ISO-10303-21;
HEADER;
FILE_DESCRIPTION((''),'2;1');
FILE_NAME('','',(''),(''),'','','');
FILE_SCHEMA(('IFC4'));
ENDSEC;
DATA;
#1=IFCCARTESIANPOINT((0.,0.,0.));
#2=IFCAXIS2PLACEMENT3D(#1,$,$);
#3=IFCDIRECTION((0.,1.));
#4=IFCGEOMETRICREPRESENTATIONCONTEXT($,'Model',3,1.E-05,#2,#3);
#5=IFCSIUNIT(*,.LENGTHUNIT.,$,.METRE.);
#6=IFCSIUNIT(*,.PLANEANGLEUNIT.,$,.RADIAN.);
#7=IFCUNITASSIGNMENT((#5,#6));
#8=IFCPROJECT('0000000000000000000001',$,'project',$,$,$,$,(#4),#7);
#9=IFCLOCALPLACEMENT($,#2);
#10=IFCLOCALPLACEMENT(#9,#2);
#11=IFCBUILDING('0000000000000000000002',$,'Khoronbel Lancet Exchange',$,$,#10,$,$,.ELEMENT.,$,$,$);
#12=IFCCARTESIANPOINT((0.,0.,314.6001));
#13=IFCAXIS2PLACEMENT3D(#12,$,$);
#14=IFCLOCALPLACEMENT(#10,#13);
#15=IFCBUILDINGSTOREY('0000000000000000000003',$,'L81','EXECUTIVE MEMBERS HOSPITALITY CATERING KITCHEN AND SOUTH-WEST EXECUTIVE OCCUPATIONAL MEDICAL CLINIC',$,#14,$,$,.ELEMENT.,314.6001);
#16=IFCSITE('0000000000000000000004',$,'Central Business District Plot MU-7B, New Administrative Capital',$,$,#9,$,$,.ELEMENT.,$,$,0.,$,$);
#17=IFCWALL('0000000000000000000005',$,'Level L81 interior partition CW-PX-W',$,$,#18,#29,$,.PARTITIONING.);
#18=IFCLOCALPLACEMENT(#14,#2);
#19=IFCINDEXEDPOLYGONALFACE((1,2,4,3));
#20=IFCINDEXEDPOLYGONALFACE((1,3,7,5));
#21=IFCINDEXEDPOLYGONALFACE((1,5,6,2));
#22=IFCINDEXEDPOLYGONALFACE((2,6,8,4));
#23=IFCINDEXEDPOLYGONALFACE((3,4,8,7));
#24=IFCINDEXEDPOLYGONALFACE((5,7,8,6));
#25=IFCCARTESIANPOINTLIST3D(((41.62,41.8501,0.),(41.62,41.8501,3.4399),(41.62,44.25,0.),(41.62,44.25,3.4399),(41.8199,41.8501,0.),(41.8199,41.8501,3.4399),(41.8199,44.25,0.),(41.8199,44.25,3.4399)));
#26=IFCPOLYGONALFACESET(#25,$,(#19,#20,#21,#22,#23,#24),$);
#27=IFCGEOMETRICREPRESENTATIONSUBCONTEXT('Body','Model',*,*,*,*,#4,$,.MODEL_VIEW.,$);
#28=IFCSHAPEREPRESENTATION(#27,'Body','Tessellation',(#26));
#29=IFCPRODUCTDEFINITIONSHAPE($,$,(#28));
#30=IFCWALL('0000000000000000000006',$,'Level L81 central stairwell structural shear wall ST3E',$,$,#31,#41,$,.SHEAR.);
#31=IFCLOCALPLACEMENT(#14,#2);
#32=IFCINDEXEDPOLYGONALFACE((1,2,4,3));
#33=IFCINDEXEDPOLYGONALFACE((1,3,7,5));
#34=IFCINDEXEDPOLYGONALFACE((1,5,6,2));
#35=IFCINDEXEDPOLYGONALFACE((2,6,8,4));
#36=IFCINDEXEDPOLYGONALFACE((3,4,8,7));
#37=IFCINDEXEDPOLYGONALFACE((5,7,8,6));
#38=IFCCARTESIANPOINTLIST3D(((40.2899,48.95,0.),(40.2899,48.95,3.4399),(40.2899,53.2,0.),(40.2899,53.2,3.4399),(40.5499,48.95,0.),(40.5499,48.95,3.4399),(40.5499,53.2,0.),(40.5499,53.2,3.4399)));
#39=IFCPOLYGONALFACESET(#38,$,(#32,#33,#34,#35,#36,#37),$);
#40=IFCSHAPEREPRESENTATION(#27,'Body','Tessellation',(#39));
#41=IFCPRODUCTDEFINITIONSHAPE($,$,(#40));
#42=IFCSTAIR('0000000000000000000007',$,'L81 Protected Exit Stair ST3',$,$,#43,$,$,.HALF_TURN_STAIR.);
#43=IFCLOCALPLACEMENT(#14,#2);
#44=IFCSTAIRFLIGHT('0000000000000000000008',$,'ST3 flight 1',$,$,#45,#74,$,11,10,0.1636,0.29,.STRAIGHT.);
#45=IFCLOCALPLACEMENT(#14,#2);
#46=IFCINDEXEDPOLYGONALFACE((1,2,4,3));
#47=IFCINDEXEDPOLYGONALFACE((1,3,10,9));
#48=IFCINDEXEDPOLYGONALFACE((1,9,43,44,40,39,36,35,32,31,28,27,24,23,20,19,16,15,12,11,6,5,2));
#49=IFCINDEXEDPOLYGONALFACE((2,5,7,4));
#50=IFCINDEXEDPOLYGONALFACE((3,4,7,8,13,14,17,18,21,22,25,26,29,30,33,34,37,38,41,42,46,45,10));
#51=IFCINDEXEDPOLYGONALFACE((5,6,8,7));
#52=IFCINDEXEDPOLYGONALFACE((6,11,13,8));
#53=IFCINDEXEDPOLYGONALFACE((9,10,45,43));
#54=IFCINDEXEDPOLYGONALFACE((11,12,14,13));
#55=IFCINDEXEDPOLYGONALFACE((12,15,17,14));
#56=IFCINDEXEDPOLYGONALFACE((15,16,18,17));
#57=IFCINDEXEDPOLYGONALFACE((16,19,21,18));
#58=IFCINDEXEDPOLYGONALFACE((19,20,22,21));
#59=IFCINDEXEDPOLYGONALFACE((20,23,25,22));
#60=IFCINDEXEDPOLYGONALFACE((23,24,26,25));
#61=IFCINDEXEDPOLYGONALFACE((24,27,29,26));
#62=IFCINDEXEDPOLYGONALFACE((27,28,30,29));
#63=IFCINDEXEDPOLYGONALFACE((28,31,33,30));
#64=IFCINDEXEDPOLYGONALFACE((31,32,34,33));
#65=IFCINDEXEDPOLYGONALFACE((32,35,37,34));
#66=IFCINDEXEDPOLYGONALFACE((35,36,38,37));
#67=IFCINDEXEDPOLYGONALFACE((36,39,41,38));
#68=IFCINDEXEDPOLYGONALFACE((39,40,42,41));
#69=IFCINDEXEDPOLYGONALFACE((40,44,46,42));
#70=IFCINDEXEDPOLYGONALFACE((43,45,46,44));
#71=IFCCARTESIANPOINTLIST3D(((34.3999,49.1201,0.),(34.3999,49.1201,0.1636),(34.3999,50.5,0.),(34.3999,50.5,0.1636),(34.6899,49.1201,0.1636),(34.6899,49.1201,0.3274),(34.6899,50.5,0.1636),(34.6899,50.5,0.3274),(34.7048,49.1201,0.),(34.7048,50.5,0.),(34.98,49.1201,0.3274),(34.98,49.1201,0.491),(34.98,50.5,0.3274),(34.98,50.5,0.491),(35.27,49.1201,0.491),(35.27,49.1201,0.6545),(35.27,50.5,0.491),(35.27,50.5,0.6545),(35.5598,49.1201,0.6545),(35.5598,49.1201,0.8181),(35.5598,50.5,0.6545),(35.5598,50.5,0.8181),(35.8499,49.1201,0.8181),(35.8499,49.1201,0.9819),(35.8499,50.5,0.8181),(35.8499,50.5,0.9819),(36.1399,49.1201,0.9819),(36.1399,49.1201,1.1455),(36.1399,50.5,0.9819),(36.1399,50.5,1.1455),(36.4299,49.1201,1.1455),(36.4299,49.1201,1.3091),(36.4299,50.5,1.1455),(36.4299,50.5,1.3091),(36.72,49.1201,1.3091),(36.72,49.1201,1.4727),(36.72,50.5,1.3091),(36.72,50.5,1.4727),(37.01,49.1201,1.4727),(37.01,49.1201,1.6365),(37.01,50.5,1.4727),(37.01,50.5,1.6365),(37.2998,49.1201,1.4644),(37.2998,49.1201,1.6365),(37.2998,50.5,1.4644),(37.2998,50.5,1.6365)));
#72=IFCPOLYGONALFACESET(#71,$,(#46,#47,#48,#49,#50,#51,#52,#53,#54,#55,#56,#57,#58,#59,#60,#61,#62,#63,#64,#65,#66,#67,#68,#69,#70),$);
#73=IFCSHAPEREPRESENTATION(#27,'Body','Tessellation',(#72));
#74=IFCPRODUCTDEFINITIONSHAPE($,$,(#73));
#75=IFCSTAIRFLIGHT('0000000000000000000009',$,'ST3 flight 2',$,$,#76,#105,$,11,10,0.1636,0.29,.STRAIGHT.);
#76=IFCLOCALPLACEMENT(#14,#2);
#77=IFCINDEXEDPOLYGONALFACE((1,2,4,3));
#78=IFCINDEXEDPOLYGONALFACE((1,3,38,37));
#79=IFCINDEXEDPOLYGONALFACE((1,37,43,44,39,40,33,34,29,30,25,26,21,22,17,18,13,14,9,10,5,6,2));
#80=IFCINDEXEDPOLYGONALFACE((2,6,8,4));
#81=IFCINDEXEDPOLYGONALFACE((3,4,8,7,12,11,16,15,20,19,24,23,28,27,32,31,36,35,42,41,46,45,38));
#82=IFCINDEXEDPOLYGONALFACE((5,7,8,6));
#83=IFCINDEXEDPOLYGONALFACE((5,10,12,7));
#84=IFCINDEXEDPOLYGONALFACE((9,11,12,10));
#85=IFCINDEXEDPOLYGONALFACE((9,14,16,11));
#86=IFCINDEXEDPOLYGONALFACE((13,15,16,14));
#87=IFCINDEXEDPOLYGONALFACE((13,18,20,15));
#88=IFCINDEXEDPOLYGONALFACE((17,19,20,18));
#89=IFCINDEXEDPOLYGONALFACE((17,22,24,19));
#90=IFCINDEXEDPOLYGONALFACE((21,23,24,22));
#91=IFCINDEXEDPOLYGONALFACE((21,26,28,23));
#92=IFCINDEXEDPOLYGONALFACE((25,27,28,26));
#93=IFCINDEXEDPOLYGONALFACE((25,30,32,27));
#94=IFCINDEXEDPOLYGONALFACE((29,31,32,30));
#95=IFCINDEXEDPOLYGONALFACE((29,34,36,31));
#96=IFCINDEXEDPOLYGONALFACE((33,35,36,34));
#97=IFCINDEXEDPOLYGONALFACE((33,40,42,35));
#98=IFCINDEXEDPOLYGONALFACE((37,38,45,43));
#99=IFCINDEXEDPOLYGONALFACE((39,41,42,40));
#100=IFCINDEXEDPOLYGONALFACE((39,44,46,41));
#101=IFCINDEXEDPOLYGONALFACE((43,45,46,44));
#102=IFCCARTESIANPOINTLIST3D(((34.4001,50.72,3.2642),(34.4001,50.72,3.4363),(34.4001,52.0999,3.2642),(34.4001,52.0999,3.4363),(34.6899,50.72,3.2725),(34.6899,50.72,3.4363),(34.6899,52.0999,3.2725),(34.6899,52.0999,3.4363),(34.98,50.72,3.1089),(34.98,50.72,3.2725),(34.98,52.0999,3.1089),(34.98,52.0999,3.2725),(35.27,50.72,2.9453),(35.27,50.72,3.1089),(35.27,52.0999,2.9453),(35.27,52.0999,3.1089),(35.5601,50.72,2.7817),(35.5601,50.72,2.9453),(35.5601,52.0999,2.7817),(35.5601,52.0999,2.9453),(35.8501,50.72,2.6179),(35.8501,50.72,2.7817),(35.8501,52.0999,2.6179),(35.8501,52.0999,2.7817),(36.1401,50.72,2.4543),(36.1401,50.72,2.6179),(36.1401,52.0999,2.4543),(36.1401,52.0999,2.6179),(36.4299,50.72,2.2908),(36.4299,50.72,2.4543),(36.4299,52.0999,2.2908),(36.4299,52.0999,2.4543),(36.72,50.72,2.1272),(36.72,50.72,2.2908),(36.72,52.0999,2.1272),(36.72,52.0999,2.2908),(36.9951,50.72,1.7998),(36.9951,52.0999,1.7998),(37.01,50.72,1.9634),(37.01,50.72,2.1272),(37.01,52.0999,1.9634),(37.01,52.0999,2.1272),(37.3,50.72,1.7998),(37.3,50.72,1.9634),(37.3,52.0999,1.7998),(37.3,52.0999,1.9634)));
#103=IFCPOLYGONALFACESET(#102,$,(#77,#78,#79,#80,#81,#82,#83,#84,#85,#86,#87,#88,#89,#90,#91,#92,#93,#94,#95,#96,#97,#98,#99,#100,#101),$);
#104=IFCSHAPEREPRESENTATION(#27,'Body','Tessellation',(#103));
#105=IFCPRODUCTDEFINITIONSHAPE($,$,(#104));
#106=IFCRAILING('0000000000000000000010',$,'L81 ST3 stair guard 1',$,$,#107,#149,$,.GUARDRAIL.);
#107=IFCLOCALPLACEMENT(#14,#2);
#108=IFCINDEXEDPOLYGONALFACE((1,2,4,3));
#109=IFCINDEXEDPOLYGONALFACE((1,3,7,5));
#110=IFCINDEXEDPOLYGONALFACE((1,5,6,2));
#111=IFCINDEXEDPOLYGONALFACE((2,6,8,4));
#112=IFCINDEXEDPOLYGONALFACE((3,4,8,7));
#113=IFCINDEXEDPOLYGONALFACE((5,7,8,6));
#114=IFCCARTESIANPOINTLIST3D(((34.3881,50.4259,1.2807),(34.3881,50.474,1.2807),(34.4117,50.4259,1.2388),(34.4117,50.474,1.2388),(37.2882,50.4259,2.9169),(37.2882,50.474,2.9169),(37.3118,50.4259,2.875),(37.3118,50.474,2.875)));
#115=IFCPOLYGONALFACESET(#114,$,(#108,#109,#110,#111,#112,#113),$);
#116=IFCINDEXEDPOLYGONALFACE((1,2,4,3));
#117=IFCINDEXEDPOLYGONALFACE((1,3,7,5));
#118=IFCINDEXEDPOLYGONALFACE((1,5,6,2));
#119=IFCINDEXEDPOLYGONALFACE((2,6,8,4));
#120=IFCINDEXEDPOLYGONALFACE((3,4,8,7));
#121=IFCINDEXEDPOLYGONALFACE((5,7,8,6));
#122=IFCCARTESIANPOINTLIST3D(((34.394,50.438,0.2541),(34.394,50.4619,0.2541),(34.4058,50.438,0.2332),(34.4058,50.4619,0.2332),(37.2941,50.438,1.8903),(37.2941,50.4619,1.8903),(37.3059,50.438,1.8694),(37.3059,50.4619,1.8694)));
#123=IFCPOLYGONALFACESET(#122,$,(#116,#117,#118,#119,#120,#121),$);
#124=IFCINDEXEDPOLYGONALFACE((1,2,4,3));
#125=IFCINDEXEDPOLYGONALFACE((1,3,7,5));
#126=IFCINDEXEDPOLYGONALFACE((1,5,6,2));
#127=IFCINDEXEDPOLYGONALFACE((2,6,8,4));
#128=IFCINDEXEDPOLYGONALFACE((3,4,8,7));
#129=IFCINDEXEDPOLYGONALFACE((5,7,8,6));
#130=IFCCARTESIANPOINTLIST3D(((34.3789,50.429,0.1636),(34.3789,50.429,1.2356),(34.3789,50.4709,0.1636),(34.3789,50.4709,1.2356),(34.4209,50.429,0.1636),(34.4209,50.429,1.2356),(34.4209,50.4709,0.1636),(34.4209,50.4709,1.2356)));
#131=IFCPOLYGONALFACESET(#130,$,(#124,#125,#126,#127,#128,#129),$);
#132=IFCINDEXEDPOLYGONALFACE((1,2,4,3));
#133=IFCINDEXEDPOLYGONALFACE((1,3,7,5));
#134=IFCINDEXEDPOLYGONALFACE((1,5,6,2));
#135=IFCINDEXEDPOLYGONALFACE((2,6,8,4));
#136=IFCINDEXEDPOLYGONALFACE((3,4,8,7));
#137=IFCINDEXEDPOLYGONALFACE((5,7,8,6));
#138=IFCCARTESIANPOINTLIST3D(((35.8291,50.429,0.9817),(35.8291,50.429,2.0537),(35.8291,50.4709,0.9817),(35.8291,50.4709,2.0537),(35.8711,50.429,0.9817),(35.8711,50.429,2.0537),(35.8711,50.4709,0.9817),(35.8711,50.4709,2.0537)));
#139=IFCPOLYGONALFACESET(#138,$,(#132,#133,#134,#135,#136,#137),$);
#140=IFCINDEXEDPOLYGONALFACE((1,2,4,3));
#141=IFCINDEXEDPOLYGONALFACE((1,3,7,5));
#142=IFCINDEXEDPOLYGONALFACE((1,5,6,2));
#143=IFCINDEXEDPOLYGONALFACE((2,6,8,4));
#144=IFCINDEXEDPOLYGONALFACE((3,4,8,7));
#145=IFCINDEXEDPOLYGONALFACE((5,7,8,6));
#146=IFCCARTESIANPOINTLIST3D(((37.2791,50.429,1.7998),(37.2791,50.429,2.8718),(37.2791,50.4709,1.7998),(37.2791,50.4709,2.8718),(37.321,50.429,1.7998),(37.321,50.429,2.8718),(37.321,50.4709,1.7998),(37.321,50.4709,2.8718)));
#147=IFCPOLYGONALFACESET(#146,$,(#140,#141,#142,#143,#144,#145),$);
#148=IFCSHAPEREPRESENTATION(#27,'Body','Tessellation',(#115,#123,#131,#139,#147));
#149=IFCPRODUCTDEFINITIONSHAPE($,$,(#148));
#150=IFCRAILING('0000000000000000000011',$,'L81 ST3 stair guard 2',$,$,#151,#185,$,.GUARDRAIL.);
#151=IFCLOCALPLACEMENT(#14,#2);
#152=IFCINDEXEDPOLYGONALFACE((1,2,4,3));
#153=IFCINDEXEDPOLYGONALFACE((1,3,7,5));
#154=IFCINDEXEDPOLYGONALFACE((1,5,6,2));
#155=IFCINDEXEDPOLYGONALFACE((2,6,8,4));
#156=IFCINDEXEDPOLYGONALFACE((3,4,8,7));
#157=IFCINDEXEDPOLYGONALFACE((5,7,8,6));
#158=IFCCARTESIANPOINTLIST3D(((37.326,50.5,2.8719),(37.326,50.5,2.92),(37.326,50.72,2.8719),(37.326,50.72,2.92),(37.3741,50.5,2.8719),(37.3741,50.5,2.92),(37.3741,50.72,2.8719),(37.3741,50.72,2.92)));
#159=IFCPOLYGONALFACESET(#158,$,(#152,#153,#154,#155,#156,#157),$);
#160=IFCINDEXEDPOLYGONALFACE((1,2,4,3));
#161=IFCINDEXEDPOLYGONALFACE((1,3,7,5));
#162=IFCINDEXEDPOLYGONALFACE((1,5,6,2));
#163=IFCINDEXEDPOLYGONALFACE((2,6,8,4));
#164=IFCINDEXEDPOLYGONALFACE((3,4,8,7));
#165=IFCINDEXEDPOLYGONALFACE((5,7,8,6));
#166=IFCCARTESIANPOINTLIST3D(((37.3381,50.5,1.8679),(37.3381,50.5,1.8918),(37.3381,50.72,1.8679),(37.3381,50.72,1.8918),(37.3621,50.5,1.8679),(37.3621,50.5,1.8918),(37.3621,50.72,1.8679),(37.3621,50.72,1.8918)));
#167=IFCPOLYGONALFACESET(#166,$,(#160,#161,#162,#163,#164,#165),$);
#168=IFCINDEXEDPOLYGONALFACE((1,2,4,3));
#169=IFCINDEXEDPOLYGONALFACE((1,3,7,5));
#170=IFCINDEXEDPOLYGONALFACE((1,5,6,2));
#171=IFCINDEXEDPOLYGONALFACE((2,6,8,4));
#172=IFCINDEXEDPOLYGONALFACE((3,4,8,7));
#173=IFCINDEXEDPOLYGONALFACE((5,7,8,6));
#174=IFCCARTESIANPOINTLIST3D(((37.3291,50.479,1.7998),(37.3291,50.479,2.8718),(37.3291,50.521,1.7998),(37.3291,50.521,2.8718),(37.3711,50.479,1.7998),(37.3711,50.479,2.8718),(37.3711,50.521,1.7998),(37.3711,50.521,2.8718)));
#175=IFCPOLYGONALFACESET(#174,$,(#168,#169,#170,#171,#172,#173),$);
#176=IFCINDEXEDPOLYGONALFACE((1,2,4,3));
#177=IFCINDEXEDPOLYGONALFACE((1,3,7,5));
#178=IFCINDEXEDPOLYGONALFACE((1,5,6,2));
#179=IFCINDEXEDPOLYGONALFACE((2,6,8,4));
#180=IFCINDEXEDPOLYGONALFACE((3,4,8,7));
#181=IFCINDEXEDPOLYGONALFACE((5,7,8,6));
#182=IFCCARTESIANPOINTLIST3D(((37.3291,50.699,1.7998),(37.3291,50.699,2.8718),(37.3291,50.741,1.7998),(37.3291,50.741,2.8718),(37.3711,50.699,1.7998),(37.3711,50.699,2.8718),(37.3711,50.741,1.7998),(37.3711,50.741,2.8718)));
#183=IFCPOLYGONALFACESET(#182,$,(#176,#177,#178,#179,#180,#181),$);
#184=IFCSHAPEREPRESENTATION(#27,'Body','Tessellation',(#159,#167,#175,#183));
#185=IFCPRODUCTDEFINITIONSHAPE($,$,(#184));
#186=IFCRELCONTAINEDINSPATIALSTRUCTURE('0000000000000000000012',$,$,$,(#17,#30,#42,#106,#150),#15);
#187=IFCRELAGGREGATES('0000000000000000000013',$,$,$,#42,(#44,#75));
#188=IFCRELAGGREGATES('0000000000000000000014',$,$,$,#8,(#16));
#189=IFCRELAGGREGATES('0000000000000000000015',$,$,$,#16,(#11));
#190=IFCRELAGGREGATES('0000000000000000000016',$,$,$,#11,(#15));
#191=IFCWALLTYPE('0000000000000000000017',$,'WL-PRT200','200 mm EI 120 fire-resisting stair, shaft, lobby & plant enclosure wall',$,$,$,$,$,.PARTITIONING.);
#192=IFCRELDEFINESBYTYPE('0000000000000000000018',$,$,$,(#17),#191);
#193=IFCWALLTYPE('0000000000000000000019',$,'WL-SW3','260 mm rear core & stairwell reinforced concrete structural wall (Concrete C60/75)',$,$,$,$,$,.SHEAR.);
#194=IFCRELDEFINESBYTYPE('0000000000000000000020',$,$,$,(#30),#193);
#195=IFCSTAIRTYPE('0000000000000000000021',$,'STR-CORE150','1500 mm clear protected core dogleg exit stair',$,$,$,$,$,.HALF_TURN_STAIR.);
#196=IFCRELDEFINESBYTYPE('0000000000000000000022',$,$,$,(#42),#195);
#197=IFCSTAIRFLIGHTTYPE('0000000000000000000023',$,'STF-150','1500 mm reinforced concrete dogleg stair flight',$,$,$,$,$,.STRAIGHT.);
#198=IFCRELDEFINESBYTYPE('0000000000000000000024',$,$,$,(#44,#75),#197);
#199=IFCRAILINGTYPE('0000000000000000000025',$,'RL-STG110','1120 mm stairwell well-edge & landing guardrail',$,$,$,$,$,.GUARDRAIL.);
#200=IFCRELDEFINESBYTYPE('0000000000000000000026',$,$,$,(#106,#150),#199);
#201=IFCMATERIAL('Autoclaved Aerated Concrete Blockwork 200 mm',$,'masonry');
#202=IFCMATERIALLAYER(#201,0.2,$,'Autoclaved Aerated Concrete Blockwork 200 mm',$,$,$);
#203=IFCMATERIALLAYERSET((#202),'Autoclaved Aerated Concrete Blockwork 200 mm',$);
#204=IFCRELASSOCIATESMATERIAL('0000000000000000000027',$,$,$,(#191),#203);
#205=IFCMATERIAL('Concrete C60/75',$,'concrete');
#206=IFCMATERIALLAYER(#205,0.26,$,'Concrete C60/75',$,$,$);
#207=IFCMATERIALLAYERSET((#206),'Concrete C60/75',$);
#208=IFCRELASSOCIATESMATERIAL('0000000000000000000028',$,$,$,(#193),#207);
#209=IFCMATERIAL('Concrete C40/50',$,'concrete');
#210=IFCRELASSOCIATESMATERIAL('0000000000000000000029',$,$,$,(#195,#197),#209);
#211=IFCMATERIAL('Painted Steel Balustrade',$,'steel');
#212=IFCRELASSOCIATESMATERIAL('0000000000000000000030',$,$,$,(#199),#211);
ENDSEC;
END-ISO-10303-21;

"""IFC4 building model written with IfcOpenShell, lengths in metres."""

from ifc_helpers import new_model, si_unit, direction, frame, frame_2d, origin, origin_2d, place, context, subcontext, project, spatial, polyline, rectangle, outline, extrude, material, layer, layer_set, type_object, element, aggregate, save


model = new_model("IFC4")

# Units and contexts
model_context = context("Model", 3, precision=1e-05, world=origin(), true_north=direction((0.0, 1.0)))
body_context = subcontext(model_context, "Body", "Model", "MODEL_VIEW")
ifc_project = project(units=[si_unit("LENGTHUNIT", "METRE"), si_unit("PLANEANGLEUNIT", "RADIAN")], contexts=[model_context])

# Site, building, storey
site_placement = place(None, origin())
site = spatial("IfcSite", under=ifc_project, at=site_placement, Name="Central Business District Plot MU-7B, New Administrative Capital", CompositionType="ELEMENT", RefElevation=0.0)
building_placement = place(site_placement, origin())
building = spatial("IfcBuilding", under=site, at=building_placement, Name="Khoronbel Lancet Exchange", CompositionType="ELEMENT")
storey_placement = place(building_placement, frame((0.0, 0.0, 314.6001)))
storey = spatial("IfcBuildingStorey", under=building, at=storey_placement, Name="L81", Description="EXECUTIVE MEMBERS HOSPITALITY CATERING KITCHEN AND SOUTH-WEST EXECUTIVE OCCUPATIONAL MEDICAL CLINIC", CompositionType="ELEMENT", Elevation=314.6001)

# Shared definitions
ifc_material_1 = material(Name="Concrete C60/75", Category="concrete")

# Shared definitions
ifc_material_2 = material(Name="Autoclaved Aerated Concrete Blockwork 200 mm", Category="masonry")
ifc_layer_1 = layer(ifc_material_2, 0.2, Name="Autoclaved Aerated Concrete Blockwork 200 mm")
ifc_layer_set_1 = layer_set([ifc_layer_1], Name="Autoclaved Aerated Concrete Blockwork 200 mm")
wall_type_1 = type_object("IfcWallType", Name="WL-PRT200", Description="200 mm EI 120 fire-resisting stair, shaft, lobby & plant enclosure wall", PredefinedType="PARTITIONING", material=ifc_layer_set_1)

# Walls
wall_1_placement = place(storey_placement, frame((41.72, 41.8501, 0.0), z_axis=(0.0, 0.0, 1.0), x_axis=(0.0, 1.0, 0.0)))
element("IfcWall", 1, at=wall_1_placement, inside=storey, type_object=wall_type_1, Name="Level L81 interior partition CW-PX-W", PredefinedType="PARTITIONING", context=body_context, shape_type="SweptSolid", body=[
    extrude(rectangle(XDim=2.3999, YDim=0.2, at=frame_2d((1.2, 0.0))), origin(), (0.0, 0.0, 1.0), 3.4399),
])
ifc_layer_2 = layer(ifc_material_1, 0.26, Name="Concrete C60/75")
ifc_layer_set_2 = layer_set([ifc_layer_2], Name="Concrete C60/75")
wall_type_2 = type_object("IfcWallType", Name="WL-SW3", Description="260 mm rear core & stairwell reinforced concrete structural wall (Concrete C60/75)", PredefinedType="SHEAR", material=ifc_layer_set_2)
wall_2_placement = place(storey_placement, frame((40.4199, 48.95, 0.0), z_axis=(0.0, 0.0, 1.0), x_axis=(0.0, 1.0, 0.0)))
element("IfcWall", 2, at=wall_2_placement, inside=storey, type_object=wall_type_2, Name="Level L81 central stairwell structural shear wall ST3E", PredefinedType="SHEAR", context=body_context, shape_type="SweptSolid", body=[
    extrude(rectangle(XDim=4.25, YDim=0.26, at=frame_2d((2.125, 0.0))), origin(), (0.0, 0.0, 1.0), 3.4399),
])

# Stair, stair flights
ifc_material_3 = material(Name="Concrete C40/50", Category="concrete")
stair_type = type_object("IfcStairType", Name="STR-CORE150", Description="1500 mm clear protected core dogleg exit stair", PredefinedType="HALF_TURN_STAIR", material=ifc_material_3)
stair_placement = place(storey_placement, origin())
stair = element("IfcStair", 3, at=stair_placement, inside=storey, type_object=stair_type, Name="L81 Protected Exit Stair ST3", PredefinedType="HALF_TURN_STAIR")
stair_flight_type = type_object("IfcStairFlightType", Name="STF-150", Description="1500 mm reinforced concrete dogleg stair flight", PredefinedType="STRAIGHT", material=ifc_material_3)
stair_flight_1_placement = place(storey_placement, frame((34.3999, 49.8101, 0.0), z_axis=(0.0, 0.0, 1.0), x_axis=(1.0, 0.0, 0.0)))
stair_flight_1 = element("IfcStairFlight", 4, at=stair_flight_1_placement, type_object=stair_flight_type, Name="ST3 flight 1", NumberOfRisers=11, NumberOfTreads=10, PredefinedType="STRAIGHT", RiserHeight=0.1636, TreadLength=0.29, context=body_context, shape_type="SweptSolid", body=[
    extrude(outline(polyline([(0.0, 0.0), (0.0, 0.1636), (0.29, 0.1636), (0.29, 0.3274), (0.5801, 0.3274), (0.5801, 0.491), (0.8701, 0.491), (0.8701, 0.6545), (1.1599, 0.6545), (1.1599, 0.8181), (1.45, 0.8181), (1.45, 0.9819), (1.74, 0.9819), (1.74, 1.1455), (2.03, 1.1455), (2.03, 1.3091), (2.3201, 1.3091), (2.3201, 1.4727), (2.6101, 1.4727), (2.6101, 1.6365), (2.8999, 1.6365), (2.8999, 1.8), (2.8999, 1.4644), (0.3049, 0.0), (0.0, 0.0)])), frame((0.0, 0.6899, 0.0), z_axis=(0.0, -1.0, 0.0), x_axis=(1.0, 0.0, 0.0)), (0.0, 0.0, 1.0), 1.3799),
])
stair_flight_2_placement = place(storey_placement, frame((37.3, 51.4099, 1.7998), z_axis=(0.0, 0.0, 1.0), x_axis=(-1.0, 0.0, 0.0)))
stair_flight_2 = element("IfcStairFlight", 5, at=stair_flight_2_placement, type_object=stair_flight_type, Name="ST3 flight 2", NumberOfRisers=11, NumberOfTreads=10, PredefinedType="STRAIGHT", RiserHeight=0.1636, TreadLength=0.29, context=body_context, shape_type="SweptSolid", body=[
    extrude(outline(polyline([(0.0, 0.0), (0.0, 0.1636), (0.29, 0.1636), (0.29, 0.3274), (0.5801, 0.3274), (0.5801, 0.491), (0.8701, 0.491), (0.8701, 0.6545), (1.1599, 0.6545), (1.1599, 0.8181), (1.45, 0.8181), (1.45, 0.9819), (1.74, 0.9819), (1.74, 1.1455), (2.03, 1.1455), (2.03, 1.3091), (2.3201, 1.3091), (2.3201, 1.4727), (2.6101, 1.4727), (2.6101, 1.6365), (2.8999, 1.6365), (2.8999, 1.8), (2.8999, 1.4644), (0.3049, 0.0), (0.0, 0.0)])), frame((0.0, 0.6899, 0.0), z_axis=(0.0, -1.0, 0.0), x_axis=(1.0, 0.0, 0.0)), (0.0, 0.0, 1.0), 1.3799),
])
aggregate(stair, [stair_flight_1, stair_flight_2])

# Railings
ifc_material_4 = material(Name="Painted Steel Balustrade", Category="steel")
railing_type_1 = type_object("IfcRailingType", Name="RL-STG110", Description="1120 mm stairwell well-edge & landing guardrail", PredefinedType="GUARDRAIL", material=ifc_material_4)
railing_1_placement = place(storey_placement, frame((34.3999, 50.45, 0.1636)))
element("IfcRailing", 6, at=railing_1_placement, inside=storey, type_object=railing_type_1, Name="L81 ST3 stair guard 1", PredefinedType="GUARDRAIL", context=body_context, shape_type="SweptSolid", body=[
    extrude(rectangle(XDim=0.0481, YDim=0.0481, at=origin_2d()), frame((0.0, 0.0, 1.0962), z_axis=(0.870946, 0.0, 0.491378), x_axis=(0.0, 1.0, 0.0)), (0.0, 0.0, 1.0), 3.3298),
    extrude(rectangle(XDim=0.0239, YDim=0.0239, at=origin_2d()), frame((0.0, 0.0, 0.0801), z_axis=(0.870946, 0.0, 0.491378), x_axis=(0.0, 1.0, 0.0)), (0.0, 0.0, 1.0), 3.3298),
    extrude(rectangle(XDim=0.042, YDim=0.042, at=origin_2d()), origin(), (0.0, 0.0, 1.0), 1.072),
    extrude(rectangle(XDim=0.042, YDim=0.042, at=origin_2d()), frame((1.4502, 0.0, 0.8181)), (0.0, 0.0, 1.0), 1.072),
    extrude(rectangle(XDim=0.042, YDim=0.042, at=origin_2d()), frame((2.9001, 0.0, 1.6362)), (0.0, 0.0, 1.0), 1.072),
])
railing_2_placement = place(storey_placement, frame((37.3501, 50.5, 1.7998)))
element("IfcRailing", 7, at=railing_2_placement, inside=storey, type_object=railing_type_1, Name="L81 ST3 stair guard 2", PredefinedType="GUARDRAIL", context=body_context, shape_type="SweptSolid", body=[
    extrude(rectangle(XDim=0.0481, YDim=0.0481, at=origin_2d()), frame((0.0, 0.0, 1.0962), z_axis=(0.0, 1.0, 0.0), x_axis=(-1.0, 0.0, 0.0)), (0.0, 0.0, 1.0), 0.22),
    extrude(rectangle(XDim=0.0239, YDim=0.0239, at=origin_2d()), frame((0.0, 0.0, 0.0801), z_axis=(0.0, 1.0, 0.0), x_axis=(-1.0, 0.0, 0.0)), (0.0, 0.0, 1.0), 0.22),
    extrude(rectangle(XDim=0.042, YDim=0.042, at=origin_2d()), origin(), (0.0, 0.0, 1.0), 1.072),
    extrude(rectangle(XDim=0.042, YDim=0.042, at=origin_2d()), frame((0.0, 0.22, 0.0)), (0.0, 0.0, 1.0), 1.072),
])

save(model, "model.ifc")
